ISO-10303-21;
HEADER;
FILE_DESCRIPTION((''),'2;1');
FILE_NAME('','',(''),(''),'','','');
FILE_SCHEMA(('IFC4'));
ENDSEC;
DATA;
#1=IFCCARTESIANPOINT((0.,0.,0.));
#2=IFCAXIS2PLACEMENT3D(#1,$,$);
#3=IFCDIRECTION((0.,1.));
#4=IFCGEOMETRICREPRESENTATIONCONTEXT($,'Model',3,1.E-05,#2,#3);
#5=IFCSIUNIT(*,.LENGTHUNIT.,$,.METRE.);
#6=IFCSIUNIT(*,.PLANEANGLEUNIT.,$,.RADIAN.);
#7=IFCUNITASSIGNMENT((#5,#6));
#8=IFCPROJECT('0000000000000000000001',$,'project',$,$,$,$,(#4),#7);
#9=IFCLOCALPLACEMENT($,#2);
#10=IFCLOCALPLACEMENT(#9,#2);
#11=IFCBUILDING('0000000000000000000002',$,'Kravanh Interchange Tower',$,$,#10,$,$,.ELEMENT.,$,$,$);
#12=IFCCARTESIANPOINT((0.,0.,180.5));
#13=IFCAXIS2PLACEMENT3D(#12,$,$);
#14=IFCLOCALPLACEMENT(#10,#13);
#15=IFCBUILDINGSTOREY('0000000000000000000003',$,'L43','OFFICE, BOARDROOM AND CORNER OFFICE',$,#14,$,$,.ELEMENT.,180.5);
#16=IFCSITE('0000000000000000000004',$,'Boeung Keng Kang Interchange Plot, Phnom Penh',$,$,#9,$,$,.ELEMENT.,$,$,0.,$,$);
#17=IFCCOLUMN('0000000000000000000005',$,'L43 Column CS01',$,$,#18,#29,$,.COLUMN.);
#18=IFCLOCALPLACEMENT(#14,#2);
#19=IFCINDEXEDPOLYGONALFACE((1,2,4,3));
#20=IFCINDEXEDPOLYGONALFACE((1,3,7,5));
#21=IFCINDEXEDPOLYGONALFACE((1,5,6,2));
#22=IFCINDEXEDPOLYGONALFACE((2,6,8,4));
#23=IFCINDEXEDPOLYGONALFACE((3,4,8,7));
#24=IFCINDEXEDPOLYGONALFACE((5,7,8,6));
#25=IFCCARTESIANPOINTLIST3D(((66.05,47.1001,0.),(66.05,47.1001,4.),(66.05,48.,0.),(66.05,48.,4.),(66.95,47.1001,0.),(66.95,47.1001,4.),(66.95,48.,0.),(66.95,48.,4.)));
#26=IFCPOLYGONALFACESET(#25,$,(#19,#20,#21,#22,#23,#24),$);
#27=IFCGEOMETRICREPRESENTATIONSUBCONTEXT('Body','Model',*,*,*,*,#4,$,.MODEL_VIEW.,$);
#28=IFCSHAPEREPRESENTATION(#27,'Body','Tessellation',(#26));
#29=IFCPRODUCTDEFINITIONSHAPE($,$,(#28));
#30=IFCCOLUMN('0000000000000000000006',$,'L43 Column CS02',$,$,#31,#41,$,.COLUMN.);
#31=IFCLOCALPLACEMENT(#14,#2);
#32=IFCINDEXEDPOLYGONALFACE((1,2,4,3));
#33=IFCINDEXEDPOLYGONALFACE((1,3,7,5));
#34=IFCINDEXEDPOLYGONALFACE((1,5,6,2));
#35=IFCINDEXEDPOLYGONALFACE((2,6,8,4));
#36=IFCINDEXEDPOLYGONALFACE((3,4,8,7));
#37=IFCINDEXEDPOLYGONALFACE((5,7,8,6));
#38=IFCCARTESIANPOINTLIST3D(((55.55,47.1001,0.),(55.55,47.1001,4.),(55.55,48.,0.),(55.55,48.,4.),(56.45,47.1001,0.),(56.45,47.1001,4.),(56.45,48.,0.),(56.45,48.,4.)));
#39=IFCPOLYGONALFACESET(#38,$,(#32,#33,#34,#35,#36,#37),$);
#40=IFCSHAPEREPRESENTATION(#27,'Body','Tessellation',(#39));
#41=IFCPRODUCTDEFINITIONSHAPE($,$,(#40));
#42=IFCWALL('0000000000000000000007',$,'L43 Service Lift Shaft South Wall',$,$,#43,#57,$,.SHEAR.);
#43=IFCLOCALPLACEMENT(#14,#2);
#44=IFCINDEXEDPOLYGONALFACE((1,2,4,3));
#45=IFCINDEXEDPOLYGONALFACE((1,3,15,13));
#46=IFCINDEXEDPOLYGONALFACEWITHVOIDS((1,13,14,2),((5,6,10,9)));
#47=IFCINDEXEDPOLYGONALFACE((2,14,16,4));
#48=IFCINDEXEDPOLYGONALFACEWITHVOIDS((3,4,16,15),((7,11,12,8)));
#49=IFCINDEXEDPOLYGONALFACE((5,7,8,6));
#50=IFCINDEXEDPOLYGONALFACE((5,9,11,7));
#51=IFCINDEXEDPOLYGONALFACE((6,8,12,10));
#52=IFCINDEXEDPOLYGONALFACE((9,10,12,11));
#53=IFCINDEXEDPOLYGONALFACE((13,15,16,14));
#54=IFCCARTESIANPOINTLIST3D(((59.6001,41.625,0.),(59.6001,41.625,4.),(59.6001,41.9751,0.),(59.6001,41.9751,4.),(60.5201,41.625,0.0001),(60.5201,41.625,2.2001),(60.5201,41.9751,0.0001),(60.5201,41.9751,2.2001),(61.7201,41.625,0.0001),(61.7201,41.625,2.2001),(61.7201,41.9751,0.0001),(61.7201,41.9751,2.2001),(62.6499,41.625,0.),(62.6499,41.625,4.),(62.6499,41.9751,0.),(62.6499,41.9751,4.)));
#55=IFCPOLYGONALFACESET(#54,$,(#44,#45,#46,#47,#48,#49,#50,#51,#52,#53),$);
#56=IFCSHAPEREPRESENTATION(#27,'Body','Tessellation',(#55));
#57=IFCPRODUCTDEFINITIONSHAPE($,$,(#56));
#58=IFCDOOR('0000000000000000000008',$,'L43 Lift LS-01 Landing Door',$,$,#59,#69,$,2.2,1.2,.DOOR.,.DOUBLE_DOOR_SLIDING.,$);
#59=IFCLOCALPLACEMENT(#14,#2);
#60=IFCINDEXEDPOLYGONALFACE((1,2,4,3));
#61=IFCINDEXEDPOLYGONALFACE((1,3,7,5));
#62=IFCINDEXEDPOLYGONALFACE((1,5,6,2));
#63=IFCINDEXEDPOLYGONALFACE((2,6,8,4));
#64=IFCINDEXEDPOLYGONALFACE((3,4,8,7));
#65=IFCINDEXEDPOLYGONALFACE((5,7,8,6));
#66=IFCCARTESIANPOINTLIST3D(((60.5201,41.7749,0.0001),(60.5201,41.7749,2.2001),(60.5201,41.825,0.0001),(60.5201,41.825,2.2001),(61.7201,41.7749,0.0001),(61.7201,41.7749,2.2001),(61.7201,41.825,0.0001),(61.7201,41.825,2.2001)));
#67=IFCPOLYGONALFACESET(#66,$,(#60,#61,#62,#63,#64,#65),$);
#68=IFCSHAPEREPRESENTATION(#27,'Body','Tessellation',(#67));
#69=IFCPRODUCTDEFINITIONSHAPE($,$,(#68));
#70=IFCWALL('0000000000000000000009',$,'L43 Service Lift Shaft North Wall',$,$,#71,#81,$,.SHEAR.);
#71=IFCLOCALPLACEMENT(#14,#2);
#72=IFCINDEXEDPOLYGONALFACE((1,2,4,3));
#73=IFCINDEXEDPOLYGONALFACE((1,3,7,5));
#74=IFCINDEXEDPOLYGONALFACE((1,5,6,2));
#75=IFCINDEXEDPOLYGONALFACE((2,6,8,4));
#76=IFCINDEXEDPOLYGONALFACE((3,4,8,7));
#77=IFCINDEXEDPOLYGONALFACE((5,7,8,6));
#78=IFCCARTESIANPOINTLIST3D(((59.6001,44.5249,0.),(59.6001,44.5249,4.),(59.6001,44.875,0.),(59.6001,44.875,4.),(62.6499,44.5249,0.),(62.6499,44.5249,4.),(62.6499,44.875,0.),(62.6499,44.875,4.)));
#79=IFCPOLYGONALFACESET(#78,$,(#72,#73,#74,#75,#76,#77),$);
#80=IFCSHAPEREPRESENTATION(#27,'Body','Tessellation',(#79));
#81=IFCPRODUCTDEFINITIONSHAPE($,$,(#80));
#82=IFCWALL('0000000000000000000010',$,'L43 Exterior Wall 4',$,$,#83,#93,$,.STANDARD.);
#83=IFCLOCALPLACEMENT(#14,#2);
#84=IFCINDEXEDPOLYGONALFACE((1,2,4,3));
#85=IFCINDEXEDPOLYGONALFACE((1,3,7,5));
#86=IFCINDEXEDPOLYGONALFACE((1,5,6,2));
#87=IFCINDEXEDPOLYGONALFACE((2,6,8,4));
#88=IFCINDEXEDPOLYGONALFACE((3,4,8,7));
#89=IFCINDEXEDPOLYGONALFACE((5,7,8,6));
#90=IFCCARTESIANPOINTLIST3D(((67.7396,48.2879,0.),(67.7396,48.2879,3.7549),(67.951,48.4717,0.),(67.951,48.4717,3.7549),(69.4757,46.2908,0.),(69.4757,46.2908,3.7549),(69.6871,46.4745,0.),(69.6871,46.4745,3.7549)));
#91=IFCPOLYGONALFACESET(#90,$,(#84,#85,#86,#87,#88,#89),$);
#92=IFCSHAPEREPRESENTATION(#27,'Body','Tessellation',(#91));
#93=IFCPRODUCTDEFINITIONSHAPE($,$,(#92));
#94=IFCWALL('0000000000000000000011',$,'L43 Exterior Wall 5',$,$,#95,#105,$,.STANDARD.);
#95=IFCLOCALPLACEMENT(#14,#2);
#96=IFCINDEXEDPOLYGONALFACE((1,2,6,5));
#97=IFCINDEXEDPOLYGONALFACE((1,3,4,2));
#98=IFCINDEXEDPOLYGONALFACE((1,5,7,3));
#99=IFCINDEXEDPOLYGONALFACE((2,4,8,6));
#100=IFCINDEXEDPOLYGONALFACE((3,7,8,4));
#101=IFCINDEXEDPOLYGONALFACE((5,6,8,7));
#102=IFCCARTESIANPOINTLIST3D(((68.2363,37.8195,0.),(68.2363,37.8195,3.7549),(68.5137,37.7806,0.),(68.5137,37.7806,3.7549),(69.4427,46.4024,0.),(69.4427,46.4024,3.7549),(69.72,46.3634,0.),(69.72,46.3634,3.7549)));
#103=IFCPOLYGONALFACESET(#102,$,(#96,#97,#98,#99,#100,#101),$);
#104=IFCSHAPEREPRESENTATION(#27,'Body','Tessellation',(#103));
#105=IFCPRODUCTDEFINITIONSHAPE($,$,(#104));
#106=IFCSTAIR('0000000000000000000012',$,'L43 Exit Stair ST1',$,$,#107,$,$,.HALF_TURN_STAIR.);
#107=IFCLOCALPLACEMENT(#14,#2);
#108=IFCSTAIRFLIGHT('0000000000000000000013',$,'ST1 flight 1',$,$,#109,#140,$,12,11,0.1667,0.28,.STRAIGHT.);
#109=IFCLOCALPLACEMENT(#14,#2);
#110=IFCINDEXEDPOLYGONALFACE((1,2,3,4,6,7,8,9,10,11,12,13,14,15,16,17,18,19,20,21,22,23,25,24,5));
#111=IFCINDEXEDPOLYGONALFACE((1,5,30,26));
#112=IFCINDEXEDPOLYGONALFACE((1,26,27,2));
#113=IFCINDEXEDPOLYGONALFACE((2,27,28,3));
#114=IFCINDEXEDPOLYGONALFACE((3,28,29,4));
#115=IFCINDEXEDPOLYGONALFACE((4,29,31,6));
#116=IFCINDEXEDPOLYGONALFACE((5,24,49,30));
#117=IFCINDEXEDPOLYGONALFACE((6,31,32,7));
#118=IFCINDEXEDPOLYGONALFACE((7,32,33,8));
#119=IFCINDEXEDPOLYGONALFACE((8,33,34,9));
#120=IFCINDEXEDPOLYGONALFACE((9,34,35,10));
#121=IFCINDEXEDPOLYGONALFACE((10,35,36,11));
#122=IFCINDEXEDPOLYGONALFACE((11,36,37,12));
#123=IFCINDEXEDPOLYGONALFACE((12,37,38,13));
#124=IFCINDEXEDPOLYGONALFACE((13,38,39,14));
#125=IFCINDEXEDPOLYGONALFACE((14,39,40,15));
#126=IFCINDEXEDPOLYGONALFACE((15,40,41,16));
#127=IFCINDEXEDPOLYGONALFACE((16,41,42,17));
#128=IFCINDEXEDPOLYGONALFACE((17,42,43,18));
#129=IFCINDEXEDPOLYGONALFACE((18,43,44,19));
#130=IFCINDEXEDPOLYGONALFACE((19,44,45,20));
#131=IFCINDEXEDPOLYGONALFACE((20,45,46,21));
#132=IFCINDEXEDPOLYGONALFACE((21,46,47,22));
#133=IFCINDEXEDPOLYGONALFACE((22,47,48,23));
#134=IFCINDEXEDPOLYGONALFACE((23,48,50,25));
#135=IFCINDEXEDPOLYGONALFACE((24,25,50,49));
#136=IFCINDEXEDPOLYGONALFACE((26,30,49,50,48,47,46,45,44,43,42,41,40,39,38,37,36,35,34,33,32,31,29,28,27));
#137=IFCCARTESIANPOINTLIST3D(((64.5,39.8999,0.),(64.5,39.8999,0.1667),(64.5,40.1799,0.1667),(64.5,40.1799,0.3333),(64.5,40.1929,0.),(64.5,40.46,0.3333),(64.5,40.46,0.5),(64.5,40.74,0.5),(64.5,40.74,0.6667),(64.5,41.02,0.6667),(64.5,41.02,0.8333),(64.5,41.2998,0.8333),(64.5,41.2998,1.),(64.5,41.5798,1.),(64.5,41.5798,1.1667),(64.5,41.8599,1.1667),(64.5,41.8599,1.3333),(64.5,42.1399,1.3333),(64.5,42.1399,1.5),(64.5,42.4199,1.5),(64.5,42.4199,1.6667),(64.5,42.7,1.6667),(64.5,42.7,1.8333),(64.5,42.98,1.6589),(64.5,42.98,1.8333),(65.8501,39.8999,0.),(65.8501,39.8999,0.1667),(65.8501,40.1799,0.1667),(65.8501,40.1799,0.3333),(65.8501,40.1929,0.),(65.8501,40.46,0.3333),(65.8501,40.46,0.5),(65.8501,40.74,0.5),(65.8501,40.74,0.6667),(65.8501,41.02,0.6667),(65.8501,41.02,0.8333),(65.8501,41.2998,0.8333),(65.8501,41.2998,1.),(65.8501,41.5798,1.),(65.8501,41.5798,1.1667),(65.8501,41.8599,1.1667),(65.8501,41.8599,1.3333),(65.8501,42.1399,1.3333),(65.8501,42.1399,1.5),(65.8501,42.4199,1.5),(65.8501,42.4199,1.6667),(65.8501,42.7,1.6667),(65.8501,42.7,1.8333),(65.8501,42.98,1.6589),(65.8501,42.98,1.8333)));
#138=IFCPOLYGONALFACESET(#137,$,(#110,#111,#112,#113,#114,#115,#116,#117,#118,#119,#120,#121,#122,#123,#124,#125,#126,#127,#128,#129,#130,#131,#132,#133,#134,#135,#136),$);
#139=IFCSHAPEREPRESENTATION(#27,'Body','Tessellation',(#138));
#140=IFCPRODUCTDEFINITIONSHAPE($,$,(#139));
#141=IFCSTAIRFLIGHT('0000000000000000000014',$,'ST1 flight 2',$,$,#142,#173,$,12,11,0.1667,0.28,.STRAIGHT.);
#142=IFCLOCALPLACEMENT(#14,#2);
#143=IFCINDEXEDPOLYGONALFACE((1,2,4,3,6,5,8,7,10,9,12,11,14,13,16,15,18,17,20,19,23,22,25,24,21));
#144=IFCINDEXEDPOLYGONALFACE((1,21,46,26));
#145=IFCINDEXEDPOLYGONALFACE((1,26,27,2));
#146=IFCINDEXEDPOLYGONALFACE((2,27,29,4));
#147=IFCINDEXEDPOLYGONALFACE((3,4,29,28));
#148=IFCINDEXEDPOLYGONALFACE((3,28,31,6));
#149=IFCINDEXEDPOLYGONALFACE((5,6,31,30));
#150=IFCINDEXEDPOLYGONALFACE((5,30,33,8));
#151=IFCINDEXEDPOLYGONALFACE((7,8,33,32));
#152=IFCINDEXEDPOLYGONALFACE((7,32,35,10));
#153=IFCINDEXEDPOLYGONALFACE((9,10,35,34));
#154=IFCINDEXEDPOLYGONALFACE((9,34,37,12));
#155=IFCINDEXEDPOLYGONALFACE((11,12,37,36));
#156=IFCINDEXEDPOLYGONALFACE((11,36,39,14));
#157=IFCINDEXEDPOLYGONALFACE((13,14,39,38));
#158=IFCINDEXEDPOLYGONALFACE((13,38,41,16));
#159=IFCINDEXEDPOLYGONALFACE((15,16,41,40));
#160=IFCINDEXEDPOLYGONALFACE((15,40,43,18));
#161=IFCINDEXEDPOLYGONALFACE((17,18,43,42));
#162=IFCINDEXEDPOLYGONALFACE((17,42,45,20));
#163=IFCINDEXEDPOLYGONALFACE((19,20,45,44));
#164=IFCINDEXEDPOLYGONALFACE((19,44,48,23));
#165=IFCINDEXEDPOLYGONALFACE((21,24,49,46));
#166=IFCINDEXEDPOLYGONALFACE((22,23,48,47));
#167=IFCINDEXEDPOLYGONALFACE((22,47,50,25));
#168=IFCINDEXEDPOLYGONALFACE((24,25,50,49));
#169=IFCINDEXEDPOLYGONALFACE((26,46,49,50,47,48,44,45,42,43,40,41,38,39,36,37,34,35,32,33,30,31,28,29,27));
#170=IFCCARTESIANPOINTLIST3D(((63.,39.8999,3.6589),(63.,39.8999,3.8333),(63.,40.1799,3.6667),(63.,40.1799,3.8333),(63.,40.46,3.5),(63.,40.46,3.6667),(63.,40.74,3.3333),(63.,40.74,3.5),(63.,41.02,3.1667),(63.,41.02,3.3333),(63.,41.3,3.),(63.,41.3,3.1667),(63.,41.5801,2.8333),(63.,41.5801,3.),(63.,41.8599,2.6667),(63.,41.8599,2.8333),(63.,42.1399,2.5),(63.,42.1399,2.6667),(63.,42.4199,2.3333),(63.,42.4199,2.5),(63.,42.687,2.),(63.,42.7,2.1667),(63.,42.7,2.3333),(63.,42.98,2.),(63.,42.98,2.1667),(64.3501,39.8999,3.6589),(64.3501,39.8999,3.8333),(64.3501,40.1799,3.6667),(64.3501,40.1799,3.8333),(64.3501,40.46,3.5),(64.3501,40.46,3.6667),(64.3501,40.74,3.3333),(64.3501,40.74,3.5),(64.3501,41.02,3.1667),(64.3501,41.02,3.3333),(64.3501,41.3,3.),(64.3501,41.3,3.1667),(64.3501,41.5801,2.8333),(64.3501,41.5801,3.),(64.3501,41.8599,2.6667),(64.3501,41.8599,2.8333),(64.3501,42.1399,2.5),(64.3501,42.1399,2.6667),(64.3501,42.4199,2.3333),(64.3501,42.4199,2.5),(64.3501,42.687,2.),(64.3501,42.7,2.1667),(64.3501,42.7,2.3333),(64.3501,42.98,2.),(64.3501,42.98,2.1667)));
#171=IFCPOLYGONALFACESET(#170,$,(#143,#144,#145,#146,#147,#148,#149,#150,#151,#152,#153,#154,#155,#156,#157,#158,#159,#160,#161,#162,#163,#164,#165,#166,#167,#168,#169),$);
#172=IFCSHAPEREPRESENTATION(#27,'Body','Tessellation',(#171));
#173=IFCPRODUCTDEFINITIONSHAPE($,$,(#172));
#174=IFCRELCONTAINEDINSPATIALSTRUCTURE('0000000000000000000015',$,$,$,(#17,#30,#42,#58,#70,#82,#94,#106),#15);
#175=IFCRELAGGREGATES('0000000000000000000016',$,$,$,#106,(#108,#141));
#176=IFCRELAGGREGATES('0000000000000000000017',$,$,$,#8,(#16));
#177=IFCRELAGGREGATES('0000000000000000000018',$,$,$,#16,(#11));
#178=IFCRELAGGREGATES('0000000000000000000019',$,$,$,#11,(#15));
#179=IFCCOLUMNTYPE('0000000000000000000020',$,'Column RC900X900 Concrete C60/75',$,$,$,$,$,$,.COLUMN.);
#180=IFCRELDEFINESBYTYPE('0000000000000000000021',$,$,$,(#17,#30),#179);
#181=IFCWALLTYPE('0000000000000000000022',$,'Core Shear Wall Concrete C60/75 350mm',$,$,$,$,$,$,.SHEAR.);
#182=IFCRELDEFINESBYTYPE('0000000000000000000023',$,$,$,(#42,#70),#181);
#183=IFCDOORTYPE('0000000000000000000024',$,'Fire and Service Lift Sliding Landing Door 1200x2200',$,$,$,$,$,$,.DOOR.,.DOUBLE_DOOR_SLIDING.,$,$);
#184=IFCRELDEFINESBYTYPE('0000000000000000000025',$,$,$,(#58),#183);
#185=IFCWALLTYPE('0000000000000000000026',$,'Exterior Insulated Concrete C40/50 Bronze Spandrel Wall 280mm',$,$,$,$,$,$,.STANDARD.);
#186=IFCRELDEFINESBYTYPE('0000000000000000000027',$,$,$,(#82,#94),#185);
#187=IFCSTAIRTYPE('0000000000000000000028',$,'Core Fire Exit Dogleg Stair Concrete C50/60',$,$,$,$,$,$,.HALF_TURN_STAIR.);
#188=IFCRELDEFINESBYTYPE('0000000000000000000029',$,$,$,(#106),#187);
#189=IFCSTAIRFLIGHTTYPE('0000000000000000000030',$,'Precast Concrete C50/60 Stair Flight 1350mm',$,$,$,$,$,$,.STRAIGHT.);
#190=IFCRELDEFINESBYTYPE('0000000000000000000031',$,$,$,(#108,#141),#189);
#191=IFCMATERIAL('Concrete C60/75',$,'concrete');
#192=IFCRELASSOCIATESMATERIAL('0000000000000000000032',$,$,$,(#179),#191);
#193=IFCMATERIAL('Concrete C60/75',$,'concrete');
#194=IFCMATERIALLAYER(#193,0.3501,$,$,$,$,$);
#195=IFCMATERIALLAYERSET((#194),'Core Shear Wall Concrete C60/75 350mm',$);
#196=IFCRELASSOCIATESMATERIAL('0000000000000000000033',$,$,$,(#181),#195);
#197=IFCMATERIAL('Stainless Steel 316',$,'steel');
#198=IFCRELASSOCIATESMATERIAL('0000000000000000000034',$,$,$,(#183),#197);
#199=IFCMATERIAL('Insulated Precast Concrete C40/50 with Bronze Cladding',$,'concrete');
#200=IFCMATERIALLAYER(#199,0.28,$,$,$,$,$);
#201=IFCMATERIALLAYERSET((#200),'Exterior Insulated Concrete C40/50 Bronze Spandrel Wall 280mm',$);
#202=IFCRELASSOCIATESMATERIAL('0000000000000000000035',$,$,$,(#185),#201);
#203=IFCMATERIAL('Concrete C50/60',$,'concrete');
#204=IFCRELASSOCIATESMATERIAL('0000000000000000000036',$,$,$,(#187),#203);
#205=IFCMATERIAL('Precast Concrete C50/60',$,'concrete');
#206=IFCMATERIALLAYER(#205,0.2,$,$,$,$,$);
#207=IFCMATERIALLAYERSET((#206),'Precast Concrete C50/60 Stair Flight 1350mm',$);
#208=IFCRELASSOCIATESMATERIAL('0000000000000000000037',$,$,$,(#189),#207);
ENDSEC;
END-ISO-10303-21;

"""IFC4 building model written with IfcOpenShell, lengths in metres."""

from ifc_helpers import new_model, si_unit, direction, frame, frame_2d, origin, origin_2d, place, context, subcontext, project, spatial, polyline, rectangle, outline, extrude, material, layer, layer_set, material_profile, profile_set, type_object, element, fill, aggregate, save


model = new_model("IFC4")

# Units and contexts
model_context = context("Model", 3, precision=1e-05, world=origin(), true_north=direction((0.0, 1.0)))
body_context = subcontext(model_context, "Body", "Model", "MODEL_VIEW")
ifc_project = project(units=[si_unit("LENGTHUNIT", "METRE"), si_unit("PLANEANGLEUNIT", "RADIAN")], contexts=[model_context])

# Site, building, storey
site_placement = place(None, origin())
site = spatial("IfcSite", under=ifc_project, at=site_placement, Name="Boeung Keng Kang Interchange Plot, Phnom Penh", CompositionType="ELEMENT", RefElevation=0.0)
building_placement = place(site_placement, origin())
building = spatial("IfcBuilding", under=site, at=building_placement, Name="Kravanh Interchange Tower", CompositionType="ELEMENT")
storey_placement = place(building_placement, frame((0.0, 0.0, 180.5)))
storey = spatial("IfcBuildingStorey", under=building, at=storey_placement, Name="L43", Description="OFFICE, BOARDROOM AND CORNER OFFICE", CompositionType="ELEMENT", Elevation=180.5)

# Columns
ifc_material_1 = material(Name="Concrete C60/75", Category="concrete")
ifc_material_profile = material_profile(ifc_material_1, rectangle(XDim=0.8999, YDim=0.8999, at=origin_2d()), Name="RC900X900")
ifc_profile_set = profile_set([ifc_material_profile], Name="Concrete C60/75")
column_type = type_object("IfcColumnType", Name="Column RC900X900 Concrete C60/75", PredefinedType="COLUMN", material=ifc_profile_set)
for number, where, z_axis, x_axis, name in (
    (1, (66.5, 47.55, 0.0), (0.0, 0.0, 1.0), (1.0, 0.0, 0.0), "L43 Column CS01"),
    (2, (56.0, 47.55, 0.0), (0.0, 0.0, 1.0), (1.0, 0.0, 0.0), "L43 Column CS02"),
):
    element("IfcColumn", number, at=place(storey_placement, frame(where, z_axis=z_axis, x_axis=x_axis)), inside=storey, type_object=column_type, Name=name, PredefinedType="COLUMN", context=body_context, shape_type="SweptSolid", body=[
        extrude(rectangle(XDim=0.8999, YDim=0.8999, at=origin_2d()), origin(), (0.0, 0.0, 1.0), 4.0),
    ])

# Wall, opening, door
ifc_material_2 = material(Name="Concrete C60/75", Category="concrete")
ifc_layer_1 = layer(ifc_material_2, 0.3501)
ifc_layer_set_1 = layer_set([ifc_layer_1], Name="Core Shear Wall Concrete C60/75 350mm")
wall_type_1 = type_object("IfcWallType", Name="Core Shear Wall Concrete C60/75 350mm", PredefinedType="SHEAR", material=ifc_layer_set_1)
wall_1_placement = place(storey_placement, frame((59.6001, 41.8, 0.0), z_axis=(0.0, 0.0, 1.0), x_axis=(1.0, 0.0, 0.0)))
wall_1 = element("IfcWall", 3, at=wall_1_placement, inside=storey, type_object=wall_type_1, Name="L43 Service Lift Shaft South Wall", PredefinedType="SHEAR", context=body_context, shape_type="SweptSolid", body=[
    extrude(rectangle(XDim=3.0498, YDim=0.3501, at=frame_2d((1.5249, 0.0))), origin(), (0.0, 0.0, 1.0), 4.0),
])
opening_placement = place(wall_1_placement, frame((0.9199, 0.0, 0.0)))
opening = element("IfcOpeningElement", 4, at=opening_placement, cuts=wall_1, PredefinedType="OPENING", context=body_context, shape_type="SweptSolid", body=[
    extrude(rectangle(XDim=1.2, YDim=2.2, at=frame_2d((0.6001, 1.1001))), frame((0.0, 0.1851, 0.0), z_axis=(0.0, -1.0, 0.0), x_axis=(1.0, 0.0, 0.0)), (0.0, 0.0, 1.0), 0.3701),
])
ifc_material_3 = material(Name="Stainless Steel 316", Category="steel")
door_type = type_object("IfcDoorType", Name="Fire and Service Lift Sliding Landing Door 1200x2200", OperationType="DOUBLE_DOOR_SLIDING", PredefinedType="DOOR", material=ifc_material_3)
door_placement = place(opening_placement, origin())
door = element("IfcDoor", 5, at=door_placement, inside=storey, type_object=door_type, Name="L43 Lift LS-01 Landing Door", OperationType="DOUBLE_DOOR_SLIDING", OverallHeight=2.2, OverallWidth=1.2, PredefinedType="DOOR", context=body_context, shape_type="SweptSolid", body=[
    extrude(rectangle(XDim=1.2, YDim=2.2, at=frame_2d((0.6001, 1.1001))), frame((0.0, 0.0249, 0.0), z_axis=(0.0, -1.0, 0.0), x_axis=(1.0, 0.0, 0.0)), (0.0, 0.0, 1.0), 0.05),
])
fill(opening, door)

# Walls
wall_2_placement = place(storey_placement, frame((59.6001, 44.7, 0.0), z_axis=(0.0, 0.0, 1.0), x_axis=(1.0, 0.0, 0.0)))
element("IfcWall", 6, at=wall_2_placement, inside=storey, type_object=wall_type_1, Name="L43 Service Lift Shaft North Wall", PredefinedType="SHEAR", context=body_context, shape_type="SweptSolid", body=[
    extrude(rectangle(XDim=3.0498, YDim=0.3501, at=frame_2d((1.5249, 0.0))), origin(), (0.0, 0.0, 1.0), 4.0),
])
ifc_material_4 = material(Name="Insulated Precast Concrete C40/50 with Bronze Cladding", Category="concrete")
ifc_layer_2 = layer(ifc_material_4, 0.28)
ifc_layer_set_2 = layer_set([ifc_layer_2], Name="Exterior Insulated Concrete C40/50 Bronze Spandrel Wall 280mm")
wall_type_2 = type_object("IfcWallType", Name="Exterior Insulated Concrete C40/50 Bronze Spandrel Wall 280mm", PredefinedType="STANDARD", material=ifc_layer_set_2)
wall_3_placement = place(storey_placement, frame((67.8452, 48.3799, 0.0), z_axis=(0.0, 0.0, 1.0), x_axis=(0.656071, -0.754699, 0.0)))
element("IfcWall", 7, at=wall_3_placement, inside=storey, type_object=wall_type_2, Name="L43 Exterior Wall 4", PredefinedType="STANDARD", context=body_context, shape_type="SweptSolid", body=[
    extrude(rectangle(XDim=2.6462, YDim=0.28, at=frame_2d((1.3232, 0.0))), origin(), (0.0, 0.0, 1.0), 3.7549),
])
wall_4_placement = place(storey_placement, frame((69.5813, 46.3828, 0.0), z_axis=(0.0, 0.0, 1.0), x_axis=(-0.139181, -0.990267, 0.0)))
element("IfcWall", 8, at=wall_4_placement, inside=storey, type_object=wall_type_2, Name="L43 Exterior Wall 5", PredefinedType="STANDARD", context=body_context, shape_type="SweptSolid", body=[
    extrude(rectangle(XDim=8.6672, YDim=0.28, at=frame_2d((4.3335, 0.0))), origin(), (0.0, 0.0, 1.0), 3.7549),
])

# Stair, stair flights
ifc_material_5 = material(Name="Concrete C50/60", Category="concrete")
stair_type = type_object("IfcStairType", Name="Core Fire Exit Dogleg Stair Concrete C50/60", PredefinedType="HALF_TURN_STAIR", material=ifc_material_5)
stair_1_placement = place(storey_placement, origin())
stair_1 = element("IfcStair", 9, at=stair_1_placement, inside=storey, type_object=stair_type, Name="L43 Exit Stair ST1", PredefinedType="HALF_TURN_STAIR")
ifc_material_6 = material(Name="Precast Concrete C50/60", Category="concrete")
ifc_layer_3 = layer(ifc_material_6, 0.2)
ifc_layer_set_3 = layer_set([ifc_layer_3], Name="Precast Concrete C50/60 Stair Flight 1350mm")
stair_flight_type = type_object("IfcStairFlightType", Name="Precast Concrete C50/60 Stair Flight 1350mm", PredefinedType="STRAIGHT", material=ifc_layer_set_3)
stair_flight_1_placement = place(storey_placement, frame((65.175, 39.8999, 0.0), z_axis=(0.0, 0.0, 1.0), x_axis=(0.0, 1.0, 0.0)))
stair_flight_1 = element("IfcStairFlight", 10, at=stair_flight_1_placement, type_object=stair_flight_type, Name="ST1 flight 1", NumberOfRisers=12, NumberOfTreads=11, PredefinedType="STRAIGHT", RiserHeight=0.1667, TreadLength=0.28, context=body_context, shape_type="SweptSolid", body=[
    extrude(outline(polyline([(0.0, 0.0), (0.0, 0.1667), (0.28, 0.1667), (0.28, 0.3333), (0.5601, 0.3333), (0.5601, 0.5), (0.8401, 0.5), (0.8401, 0.6667), (1.1201, 0.6667), (1.1201, 0.8333), (1.3999, 0.8333), (1.3999, 1.0), (1.6799, 1.0), (1.6799, 1.1667), (1.96, 1.1667), (1.96, 1.3333), (2.24, 1.3333), (2.24, 1.5), (2.52, 1.5), (2.52, 1.6667), (2.8, 1.6667), (2.8, 1.8333), (3.0801, 1.8333), (3.0801, 2.0), (3.0801, 1.6589), (0.293, 0.0), (0.0, 0.0)])), frame((0.0, 0.675, 0.0), z_axis=(0.0, -1.0, 0.0), x_axis=(1.0, 0.0, 0.0)), (0.0, 0.0, 1.0), 1.3501),
])
stair_flight_2_placement = place(storey_placement, frame((63.675, 42.98, 2.0), z_axis=(0.0, 0.0, 1.0), x_axis=(0.0, -1.0, 0.0)))
stair_flight_2 = element("IfcStairFlight", 11, at=stair_flight_2_placement, type_object=stair_flight_type, Name="ST1 flight 2", NumberOfRisers=12, NumberOfTreads=11, PredefinedType="STRAIGHT", RiserHeight=0.1667, TreadLength=0.28, context=body_context, shape_type="SweptSolid", body=[
    extrude(outline(polyline([(0.0, 0.0), (0.0, 0.1667), (0.28, 0.1667), (0.28, 0.3333), (0.5601, 0.3333), (0.5601, 0.5), (0.8401, 0.5), (0.8401, 0.6667), (1.1201, 0.6667), (1.1201, 0.8333), (1.3999, 0.8333), (1.3999, 1.0), (1.6799, 1.0), (1.6799, 1.1667), (1.96, 1.1667), (1.96, 1.3333), (2.24, 1.3333), (2.24, 1.5), (2.52, 1.5), (2.52, 1.6667), (2.8, 1.6667), (2.8, 1.8333), (3.0801, 1.8333), (3.0801, 2.0), (3.0801, 1.6589), (0.293, 0.0), (0.0, 0.0)])), frame((0.0, 0.675, 0.0), z_axis=(0.0, -1.0, 0.0), x_axis=(1.0, 0.0, 0.0)), (0.0, 0.0, 1.0), 1.3501),
])
aggregate(stair_1, [stair_flight_1, stair_flight_2])

save(model, "model.ifc")
